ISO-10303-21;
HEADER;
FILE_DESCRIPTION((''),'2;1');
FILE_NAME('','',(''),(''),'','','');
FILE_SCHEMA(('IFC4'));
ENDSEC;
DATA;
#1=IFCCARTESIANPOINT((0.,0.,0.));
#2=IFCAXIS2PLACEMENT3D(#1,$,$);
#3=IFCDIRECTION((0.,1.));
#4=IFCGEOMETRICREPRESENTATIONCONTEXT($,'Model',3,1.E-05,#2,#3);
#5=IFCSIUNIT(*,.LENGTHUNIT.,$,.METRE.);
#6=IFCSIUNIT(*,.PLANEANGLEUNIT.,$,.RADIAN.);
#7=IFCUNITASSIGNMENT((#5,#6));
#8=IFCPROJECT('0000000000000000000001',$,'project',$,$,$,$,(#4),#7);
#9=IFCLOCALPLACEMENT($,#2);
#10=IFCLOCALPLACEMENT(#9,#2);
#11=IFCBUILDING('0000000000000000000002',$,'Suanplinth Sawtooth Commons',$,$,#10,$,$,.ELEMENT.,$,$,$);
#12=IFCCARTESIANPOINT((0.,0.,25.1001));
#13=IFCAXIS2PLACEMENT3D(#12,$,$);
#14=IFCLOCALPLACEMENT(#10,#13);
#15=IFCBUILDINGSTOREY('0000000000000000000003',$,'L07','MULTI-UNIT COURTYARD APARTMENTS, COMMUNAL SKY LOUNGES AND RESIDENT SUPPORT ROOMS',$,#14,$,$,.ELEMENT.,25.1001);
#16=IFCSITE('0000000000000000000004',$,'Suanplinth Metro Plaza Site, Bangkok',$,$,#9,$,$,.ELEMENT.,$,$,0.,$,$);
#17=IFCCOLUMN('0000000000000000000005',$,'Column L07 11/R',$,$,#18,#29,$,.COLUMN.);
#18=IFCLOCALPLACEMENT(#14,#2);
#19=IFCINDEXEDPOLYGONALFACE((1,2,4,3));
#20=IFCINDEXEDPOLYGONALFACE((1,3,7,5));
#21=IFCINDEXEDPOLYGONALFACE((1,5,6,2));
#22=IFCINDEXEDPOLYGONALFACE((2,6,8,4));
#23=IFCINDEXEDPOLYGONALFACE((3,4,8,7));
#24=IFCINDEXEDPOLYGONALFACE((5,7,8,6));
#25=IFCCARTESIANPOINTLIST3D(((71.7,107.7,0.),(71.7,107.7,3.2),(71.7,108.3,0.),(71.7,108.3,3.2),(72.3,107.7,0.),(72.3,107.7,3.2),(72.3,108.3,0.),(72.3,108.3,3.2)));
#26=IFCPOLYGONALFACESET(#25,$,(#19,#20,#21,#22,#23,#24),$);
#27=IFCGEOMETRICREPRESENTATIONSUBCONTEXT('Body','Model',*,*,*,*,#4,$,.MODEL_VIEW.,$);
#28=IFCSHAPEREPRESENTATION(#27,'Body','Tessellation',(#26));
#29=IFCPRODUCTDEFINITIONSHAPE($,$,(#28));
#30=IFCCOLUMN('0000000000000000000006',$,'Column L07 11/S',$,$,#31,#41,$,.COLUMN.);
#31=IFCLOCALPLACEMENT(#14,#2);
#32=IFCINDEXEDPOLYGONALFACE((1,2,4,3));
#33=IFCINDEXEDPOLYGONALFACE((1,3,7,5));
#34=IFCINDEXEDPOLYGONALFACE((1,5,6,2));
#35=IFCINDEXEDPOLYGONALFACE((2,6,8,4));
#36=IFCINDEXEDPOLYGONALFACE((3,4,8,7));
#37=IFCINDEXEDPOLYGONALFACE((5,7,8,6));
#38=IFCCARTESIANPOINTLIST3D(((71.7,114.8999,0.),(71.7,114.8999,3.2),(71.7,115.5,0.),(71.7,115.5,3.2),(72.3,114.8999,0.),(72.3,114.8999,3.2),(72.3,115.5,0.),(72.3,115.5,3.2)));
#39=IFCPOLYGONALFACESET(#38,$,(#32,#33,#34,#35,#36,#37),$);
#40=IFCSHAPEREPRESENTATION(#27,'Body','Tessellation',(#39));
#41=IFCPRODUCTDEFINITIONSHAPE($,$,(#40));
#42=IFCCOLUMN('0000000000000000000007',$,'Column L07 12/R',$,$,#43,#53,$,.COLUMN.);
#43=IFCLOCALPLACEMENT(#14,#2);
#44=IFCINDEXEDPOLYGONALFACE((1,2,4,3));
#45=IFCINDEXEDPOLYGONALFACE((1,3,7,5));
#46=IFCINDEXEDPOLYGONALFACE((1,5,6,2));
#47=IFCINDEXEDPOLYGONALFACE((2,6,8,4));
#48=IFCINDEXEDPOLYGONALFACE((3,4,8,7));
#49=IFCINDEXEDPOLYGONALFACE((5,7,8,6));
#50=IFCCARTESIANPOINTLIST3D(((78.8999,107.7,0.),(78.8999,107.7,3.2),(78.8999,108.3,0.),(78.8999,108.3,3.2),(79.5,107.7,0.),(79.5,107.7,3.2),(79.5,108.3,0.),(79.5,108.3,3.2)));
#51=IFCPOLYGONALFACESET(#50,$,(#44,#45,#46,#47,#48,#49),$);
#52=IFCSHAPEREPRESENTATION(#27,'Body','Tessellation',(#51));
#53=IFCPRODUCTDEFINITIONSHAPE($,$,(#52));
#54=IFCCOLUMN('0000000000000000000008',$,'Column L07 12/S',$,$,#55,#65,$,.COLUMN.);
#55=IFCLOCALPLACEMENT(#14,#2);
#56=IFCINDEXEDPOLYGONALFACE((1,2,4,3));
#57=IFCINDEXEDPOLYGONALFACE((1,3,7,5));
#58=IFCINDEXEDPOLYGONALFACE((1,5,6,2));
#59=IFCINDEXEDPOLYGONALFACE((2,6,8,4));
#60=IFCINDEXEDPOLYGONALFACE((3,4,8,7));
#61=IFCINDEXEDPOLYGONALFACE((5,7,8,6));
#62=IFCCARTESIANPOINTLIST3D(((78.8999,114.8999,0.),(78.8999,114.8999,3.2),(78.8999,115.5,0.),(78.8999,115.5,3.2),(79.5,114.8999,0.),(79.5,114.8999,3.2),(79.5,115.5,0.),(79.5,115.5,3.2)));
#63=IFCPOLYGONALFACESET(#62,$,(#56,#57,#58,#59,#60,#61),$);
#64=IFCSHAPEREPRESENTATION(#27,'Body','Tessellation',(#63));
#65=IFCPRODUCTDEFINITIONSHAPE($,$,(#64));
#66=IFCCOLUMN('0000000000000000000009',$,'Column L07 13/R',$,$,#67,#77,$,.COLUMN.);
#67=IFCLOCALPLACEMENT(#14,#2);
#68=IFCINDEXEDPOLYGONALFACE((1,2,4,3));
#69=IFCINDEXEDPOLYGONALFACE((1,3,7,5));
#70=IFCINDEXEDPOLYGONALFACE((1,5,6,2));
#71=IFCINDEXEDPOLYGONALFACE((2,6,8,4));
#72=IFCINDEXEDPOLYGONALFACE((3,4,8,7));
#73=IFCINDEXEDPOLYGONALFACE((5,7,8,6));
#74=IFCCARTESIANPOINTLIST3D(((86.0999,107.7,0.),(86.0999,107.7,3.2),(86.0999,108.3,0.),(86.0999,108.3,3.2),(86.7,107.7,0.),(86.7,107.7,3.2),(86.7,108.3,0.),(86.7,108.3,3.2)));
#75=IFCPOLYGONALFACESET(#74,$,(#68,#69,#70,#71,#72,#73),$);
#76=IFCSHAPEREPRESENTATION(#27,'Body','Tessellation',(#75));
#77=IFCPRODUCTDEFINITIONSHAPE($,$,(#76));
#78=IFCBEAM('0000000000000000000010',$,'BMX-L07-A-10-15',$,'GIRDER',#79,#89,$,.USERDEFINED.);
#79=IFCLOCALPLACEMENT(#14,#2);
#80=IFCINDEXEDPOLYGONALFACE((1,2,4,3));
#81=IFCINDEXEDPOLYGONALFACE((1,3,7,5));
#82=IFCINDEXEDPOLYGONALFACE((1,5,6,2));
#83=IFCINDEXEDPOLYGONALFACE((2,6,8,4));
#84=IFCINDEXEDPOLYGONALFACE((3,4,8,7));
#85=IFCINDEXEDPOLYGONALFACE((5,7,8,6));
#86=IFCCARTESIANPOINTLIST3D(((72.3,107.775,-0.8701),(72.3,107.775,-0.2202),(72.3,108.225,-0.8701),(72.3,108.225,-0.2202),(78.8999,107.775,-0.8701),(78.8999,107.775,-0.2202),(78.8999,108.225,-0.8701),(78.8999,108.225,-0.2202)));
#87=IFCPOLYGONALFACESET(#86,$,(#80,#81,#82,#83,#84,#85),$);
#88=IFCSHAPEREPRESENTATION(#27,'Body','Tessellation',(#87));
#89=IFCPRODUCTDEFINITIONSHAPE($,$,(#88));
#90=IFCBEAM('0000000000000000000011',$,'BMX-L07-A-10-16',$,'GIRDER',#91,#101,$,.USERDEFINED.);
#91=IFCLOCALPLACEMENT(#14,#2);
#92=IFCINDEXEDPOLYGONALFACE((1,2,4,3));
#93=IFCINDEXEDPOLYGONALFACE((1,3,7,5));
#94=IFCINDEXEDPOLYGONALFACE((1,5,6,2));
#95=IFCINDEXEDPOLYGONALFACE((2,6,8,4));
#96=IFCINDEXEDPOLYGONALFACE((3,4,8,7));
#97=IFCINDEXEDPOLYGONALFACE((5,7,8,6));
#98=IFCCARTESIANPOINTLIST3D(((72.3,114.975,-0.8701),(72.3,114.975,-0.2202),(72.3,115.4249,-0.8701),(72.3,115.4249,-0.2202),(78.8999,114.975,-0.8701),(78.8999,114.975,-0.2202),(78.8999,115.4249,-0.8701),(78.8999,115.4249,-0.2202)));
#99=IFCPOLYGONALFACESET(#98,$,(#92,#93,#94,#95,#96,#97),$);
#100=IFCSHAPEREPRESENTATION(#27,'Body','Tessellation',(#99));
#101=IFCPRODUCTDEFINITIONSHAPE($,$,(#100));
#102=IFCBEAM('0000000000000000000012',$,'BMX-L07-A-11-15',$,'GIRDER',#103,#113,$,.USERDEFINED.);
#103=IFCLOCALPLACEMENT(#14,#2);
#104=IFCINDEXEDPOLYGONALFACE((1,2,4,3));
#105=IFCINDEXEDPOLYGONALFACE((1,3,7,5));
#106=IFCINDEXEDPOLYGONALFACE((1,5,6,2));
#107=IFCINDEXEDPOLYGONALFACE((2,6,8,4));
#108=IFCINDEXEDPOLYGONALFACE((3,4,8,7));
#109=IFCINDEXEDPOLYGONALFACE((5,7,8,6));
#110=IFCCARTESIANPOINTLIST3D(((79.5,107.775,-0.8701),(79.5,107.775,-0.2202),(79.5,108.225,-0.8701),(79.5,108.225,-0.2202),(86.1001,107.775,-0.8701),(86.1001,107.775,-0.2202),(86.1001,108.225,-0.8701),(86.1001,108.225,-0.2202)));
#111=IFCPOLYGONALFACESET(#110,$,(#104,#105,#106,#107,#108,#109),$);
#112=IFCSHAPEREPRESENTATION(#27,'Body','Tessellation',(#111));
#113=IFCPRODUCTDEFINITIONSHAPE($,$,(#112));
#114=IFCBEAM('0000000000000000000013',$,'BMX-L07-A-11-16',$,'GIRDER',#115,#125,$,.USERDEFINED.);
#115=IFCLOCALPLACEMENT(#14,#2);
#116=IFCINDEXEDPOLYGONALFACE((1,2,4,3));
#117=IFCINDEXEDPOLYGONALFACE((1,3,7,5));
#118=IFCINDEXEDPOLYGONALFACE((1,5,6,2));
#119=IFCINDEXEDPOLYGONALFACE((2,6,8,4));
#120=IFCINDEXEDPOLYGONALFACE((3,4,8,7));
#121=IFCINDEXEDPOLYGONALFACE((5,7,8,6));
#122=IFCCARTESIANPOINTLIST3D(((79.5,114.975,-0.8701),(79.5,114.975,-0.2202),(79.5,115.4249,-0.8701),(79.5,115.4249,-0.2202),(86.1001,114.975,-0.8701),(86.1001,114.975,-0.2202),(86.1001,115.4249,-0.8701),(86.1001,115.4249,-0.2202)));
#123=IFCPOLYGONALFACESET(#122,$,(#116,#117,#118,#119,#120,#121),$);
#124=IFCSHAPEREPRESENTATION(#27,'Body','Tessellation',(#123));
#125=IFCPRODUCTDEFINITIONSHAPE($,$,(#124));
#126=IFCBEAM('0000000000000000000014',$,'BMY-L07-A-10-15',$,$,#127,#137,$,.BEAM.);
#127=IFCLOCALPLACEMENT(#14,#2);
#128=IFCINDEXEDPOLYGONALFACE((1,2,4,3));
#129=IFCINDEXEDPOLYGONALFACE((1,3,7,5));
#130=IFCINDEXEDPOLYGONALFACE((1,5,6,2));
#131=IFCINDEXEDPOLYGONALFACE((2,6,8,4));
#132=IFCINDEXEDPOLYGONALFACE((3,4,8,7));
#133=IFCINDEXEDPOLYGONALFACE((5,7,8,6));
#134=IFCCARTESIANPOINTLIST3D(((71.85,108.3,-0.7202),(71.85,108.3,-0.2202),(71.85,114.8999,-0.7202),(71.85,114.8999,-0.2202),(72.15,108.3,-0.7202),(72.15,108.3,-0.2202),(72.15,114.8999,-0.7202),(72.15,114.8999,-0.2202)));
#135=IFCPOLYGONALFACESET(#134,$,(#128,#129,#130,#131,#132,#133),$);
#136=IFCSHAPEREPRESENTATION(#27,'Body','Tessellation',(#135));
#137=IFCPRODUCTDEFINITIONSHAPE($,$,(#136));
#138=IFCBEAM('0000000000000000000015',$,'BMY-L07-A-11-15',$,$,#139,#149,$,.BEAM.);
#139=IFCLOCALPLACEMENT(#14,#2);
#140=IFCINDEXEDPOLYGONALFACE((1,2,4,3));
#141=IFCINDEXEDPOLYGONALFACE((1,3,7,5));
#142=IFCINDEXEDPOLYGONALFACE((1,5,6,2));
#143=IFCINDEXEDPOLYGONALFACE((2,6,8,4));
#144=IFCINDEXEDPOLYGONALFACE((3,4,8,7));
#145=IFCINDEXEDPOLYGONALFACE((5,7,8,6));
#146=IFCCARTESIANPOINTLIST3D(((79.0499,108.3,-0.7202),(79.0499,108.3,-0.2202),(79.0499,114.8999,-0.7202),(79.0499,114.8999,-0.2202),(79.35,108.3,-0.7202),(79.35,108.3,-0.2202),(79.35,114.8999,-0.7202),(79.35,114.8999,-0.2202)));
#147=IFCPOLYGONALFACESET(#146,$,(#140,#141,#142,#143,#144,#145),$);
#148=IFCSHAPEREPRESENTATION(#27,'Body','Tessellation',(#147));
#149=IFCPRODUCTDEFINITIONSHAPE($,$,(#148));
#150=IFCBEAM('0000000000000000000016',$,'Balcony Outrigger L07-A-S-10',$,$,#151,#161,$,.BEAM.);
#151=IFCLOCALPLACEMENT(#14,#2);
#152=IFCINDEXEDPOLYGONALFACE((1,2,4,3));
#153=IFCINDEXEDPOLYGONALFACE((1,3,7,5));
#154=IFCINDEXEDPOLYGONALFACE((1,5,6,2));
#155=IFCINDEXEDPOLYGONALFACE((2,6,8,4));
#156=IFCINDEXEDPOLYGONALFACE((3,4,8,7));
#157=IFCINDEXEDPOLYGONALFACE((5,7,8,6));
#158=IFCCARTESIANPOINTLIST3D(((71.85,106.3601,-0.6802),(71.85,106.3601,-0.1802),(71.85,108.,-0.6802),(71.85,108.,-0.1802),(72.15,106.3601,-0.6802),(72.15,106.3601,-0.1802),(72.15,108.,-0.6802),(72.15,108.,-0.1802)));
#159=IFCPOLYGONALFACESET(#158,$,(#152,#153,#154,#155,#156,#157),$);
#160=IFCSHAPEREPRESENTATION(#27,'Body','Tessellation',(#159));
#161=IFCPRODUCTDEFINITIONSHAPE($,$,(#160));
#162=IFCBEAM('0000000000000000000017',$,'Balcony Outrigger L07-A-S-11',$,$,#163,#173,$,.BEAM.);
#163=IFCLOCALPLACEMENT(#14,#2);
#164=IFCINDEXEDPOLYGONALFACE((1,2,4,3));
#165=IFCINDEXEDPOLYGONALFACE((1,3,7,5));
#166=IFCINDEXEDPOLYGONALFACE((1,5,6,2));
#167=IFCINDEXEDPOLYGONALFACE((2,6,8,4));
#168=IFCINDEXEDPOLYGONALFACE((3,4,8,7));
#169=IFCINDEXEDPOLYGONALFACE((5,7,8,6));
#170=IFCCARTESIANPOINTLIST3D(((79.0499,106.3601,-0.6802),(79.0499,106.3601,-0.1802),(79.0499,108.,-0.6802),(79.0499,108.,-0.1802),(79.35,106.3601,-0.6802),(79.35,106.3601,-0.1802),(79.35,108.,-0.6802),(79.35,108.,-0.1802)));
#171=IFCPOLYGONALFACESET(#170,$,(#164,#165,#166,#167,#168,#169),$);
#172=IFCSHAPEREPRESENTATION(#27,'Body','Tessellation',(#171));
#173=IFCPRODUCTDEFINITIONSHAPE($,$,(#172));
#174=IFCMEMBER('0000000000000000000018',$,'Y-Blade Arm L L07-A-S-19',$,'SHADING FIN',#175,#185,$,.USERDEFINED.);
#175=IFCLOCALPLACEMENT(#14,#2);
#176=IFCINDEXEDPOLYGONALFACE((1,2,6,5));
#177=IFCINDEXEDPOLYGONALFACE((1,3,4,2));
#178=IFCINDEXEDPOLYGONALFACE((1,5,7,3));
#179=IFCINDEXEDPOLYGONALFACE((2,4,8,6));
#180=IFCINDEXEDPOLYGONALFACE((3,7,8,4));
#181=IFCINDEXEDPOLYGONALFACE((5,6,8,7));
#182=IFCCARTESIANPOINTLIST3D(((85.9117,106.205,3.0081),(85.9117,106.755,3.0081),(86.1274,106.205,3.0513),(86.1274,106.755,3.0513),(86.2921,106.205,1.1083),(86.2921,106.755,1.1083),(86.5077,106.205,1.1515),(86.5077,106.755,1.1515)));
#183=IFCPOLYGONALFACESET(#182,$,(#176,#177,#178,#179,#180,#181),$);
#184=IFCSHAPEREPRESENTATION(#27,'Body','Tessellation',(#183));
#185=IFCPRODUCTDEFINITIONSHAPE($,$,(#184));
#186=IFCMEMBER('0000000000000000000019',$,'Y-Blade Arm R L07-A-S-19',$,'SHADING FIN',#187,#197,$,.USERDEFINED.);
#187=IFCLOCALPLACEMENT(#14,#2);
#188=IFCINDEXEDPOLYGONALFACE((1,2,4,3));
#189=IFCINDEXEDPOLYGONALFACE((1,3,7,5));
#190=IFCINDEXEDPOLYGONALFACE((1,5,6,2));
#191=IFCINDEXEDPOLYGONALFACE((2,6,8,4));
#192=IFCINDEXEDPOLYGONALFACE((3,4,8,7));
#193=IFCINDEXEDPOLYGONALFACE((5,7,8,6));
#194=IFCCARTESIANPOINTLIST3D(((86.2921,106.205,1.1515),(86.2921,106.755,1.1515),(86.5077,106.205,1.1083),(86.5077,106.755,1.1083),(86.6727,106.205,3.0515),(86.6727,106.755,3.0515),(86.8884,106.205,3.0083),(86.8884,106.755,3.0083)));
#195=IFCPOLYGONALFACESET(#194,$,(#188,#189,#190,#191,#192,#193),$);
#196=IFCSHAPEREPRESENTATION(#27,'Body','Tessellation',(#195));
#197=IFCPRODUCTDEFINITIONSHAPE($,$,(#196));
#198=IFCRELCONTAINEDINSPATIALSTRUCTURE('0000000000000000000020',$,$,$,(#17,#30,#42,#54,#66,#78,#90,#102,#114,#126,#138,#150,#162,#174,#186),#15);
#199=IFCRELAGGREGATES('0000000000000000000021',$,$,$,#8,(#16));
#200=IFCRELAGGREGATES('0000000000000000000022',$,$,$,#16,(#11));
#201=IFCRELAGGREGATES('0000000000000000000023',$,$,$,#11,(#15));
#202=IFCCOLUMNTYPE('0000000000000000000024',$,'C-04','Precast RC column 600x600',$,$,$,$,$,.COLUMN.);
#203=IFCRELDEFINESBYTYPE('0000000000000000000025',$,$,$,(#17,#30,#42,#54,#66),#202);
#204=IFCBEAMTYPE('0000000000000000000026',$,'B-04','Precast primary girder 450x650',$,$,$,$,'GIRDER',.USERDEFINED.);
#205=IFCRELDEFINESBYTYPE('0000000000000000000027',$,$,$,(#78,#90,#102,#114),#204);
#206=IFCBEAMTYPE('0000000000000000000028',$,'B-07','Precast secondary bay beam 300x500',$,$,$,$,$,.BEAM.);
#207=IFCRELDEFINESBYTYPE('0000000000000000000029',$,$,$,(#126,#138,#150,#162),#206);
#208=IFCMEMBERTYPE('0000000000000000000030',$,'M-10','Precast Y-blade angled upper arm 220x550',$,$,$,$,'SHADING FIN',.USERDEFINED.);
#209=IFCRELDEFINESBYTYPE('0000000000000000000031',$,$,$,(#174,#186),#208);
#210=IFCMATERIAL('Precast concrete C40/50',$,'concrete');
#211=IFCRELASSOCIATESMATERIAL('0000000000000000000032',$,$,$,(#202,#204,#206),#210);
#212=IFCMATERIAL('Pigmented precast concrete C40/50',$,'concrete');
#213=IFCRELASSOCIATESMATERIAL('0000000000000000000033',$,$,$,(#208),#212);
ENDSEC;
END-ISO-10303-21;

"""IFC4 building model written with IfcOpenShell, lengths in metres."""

from ifc_helpers import new_model, si_unit, direction, frame, origin, origin_2d, place, context, subcontext, project, spatial, rectangle, extrude, material, material_profile, profile_set, type_object, element, save


model = new_model("IFC4")

# Units and contexts
model_context = context("Model", 3, precision=1e-05, world=origin(), true_north=direction((0.0, 1.0)))
body_context = subcontext(model_context, "Body", "Model", "MODEL_VIEW")
ifc_project = project(units=[si_unit("LENGTHUNIT", "METRE"), si_unit("PLANEANGLEUNIT", "RADIAN")], contexts=[model_context])

# Site, building, storey
site_placement = place(None, origin())
site = spatial("IfcSite", under=ifc_project, at=site_placement, Name="Suanplinth Metro Plaza Site, Bangkok", CompositionType="ELEMENT", RefElevation=0.0)
building_placement = place(site_placement, origin())
building = spatial("IfcBuilding", under=site, at=building_placement, Name="Suanplinth Sawtooth Commons", CompositionType="ELEMENT")
storey_placement = place(building_placement, frame((0.0, 0.0, 25.1001)))
storey = spatial("IfcBuildingStorey", under=building, at=storey_placement, Name="L07", Description="MULTI-UNIT COURTYARD APARTMENTS, COMMUNAL SKY LOUNGES AND RESIDENT SUPPORT ROOMS", CompositionType="ELEMENT", Elevation=25.1001)

# Columns
ifc_material_1 = material(Name="Precast concrete C40/50", Category="concrete")
ifc_material_profile_1 = material_profile(ifc_material_1, rectangle(XDim=0.6001, YDim=0.6001, at=origin_2d()), Name="PC-COL 600x600")
ifc_profile_set_1 = profile_set([ifc_material_profile_1], Name="Precast concrete C40/50")
column_type = type_object("IfcColumnType", Name="C-04", Description="Precast RC column 600x600", PredefinedType="COLUMN", material=ifc_profile_set_1)
for number, where, z_axis, x_axis, name in (
    (1, (72.0, 108.0, 0.0), (0.0, 0.0, 1.0), (1.0, 0.0, 0.0), "Column L07 11/R"),
    (2, (72.0, 115.2, 0.0), (0.0, 0.0, 1.0), (1.0, 0.0, 0.0), "Column L07 11/S"),
    (3, (79.2, 108.0, 0.0), (0.0, 0.0, 1.0), (1.0, 0.0, 0.0), "Column L07 12/R"),
    (4, (79.2, 115.2, 0.0), (0.0, 0.0, 1.0), (1.0, 0.0, 0.0), "Column L07 12/S"),
    (5, (86.3999, 108.0, 0.0), (0.0, 0.0, 1.0), (1.0, 0.0, 0.0), "Column L07 13/R"),
):
    element("IfcColumn", number, at=place(storey_placement, frame(where, z_axis=z_axis, x_axis=x_axis)), inside=storey, type_object=column_type, Name=name, PredefinedType="COLUMN", context=body_context, shape_type="SweptSolid", body=[
        extrude(rectangle(XDim=0.6001, YDim=0.6001, at=origin_2d()), origin(), (0.0, 0.0, 1.0), 3.2),
    ])

# Beams
ifc_material_profile_2 = material_profile(ifc_material_1, rectangle(XDim=0.45, YDim=0.6499, at=origin_2d()), Name="PC-GDR 450x650")
ifc_profile_set_2 = profile_set([ifc_material_profile_2], Name="Precast concrete C40/50")
beam_type_1 = type_object("IfcBeamType", Name="B-04", Description="Precast primary girder 450x650", ElementType="GIRDER", PredefinedType="USERDEFINED", material=ifc_profile_set_2)
for number, where, z_axis, x_axis, name in (
    (6, (72.3, 108.0, -0.5452), (1.0, 0.0, 0.0), (0.0, 1.0, 0.0), "BMX-L07-A-10-15"),
    (7, (72.3, 115.2, -0.5452), (1.0, 0.0, 0.0), (0.0, 1.0, 0.0), "BMX-L07-A-10-16"),
):
    element("IfcBeam", number, at=place(storey_placement, frame(where, z_axis=z_axis, x_axis=x_axis)), inside=storey, type_object=beam_type_1, Name=name, ObjectType="GIRDER", PredefinedType="USERDEFINED", context=body_context, shape_type="SweptSolid", body=[
        extrude(rectangle(XDim=0.45, YDim=0.6499, at=origin_2d()), origin(), (0.0, 0.0, 1.0), 6.5999),
    ])
for number, where, z_axis, x_axis, name in (
    (8, (79.5, 108.0, -0.5452), (1.0, 0.0, 0.0), (0.0, 1.0, 0.0), "BMX-L07-A-11-15"),
    (9, (79.5, 115.2, -0.5452), (1.0, 0.0, 0.0), (0.0, 1.0, 0.0), "BMX-L07-A-11-16"),
):
    element("IfcBeam", number, at=place(storey_placement, frame(where, z_axis=z_axis, x_axis=x_axis)), inside=storey, type_object=beam_type_1, Name=name, ObjectType="GIRDER", PredefinedType="USERDEFINED", context=body_context, shape_type="SweptSolid", body=[
        extrude(rectangle(XDim=0.45, YDim=0.6499, at=origin_2d()), origin(), (0.0, 0.0, 1.0), 6.6001),
    ])
ifc_material_profile_3 = material_profile(ifc_material_1, rectangle(XDim=0.3, YDim=0.5, at=origin_2d()), Name="PC-BM 300x500")
ifc_profile_set_3 = profile_set([ifc_material_profile_3], Name="Precast concrete C40/50")
beam_type_2 = type_object("IfcBeamType", Name="B-07", Description="Precast secondary bay beam 300x500", PredefinedType="BEAM", material=ifc_profile_set_3)
for number, where, z_axis, x_axis, name in (
    (10, (72.0, 108.3, -0.4702), (0.0, 1.0, 0.0), (-1.0, 0.0, 0.0), "BMY-L07-A-10-15"),
    (11, (79.2, 108.3, -0.4702), (0.0, 1.0, 0.0), (-1.0, 0.0, 0.0), "BMY-L07-A-11-15"),
):
    element("IfcBeam", number, at=place(storey_placement, frame(where, z_axis=z_axis, x_axis=x_axis)), inside=storey, type_object=beam_type_2, Name=name, PredefinedType="BEAM", context=body_context, shape_type="SweptSolid", body=[
        extrude(rectangle(XDim=0.3, YDim=0.5, at=origin_2d()), origin(), (0.0, 0.0, 1.0), 6.5999),
    ])
for number, where, z_axis, x_axis, name in (
    (12, (72.0, 108.0, -0.4302), (0.0, -1.0, 0.0), (1.0, 0.0, 0.0), "Balcony Outrigger L07-A-S-10"),
    (13, (79.2, 108.0, -0.4302), (0.0, -1.0, 0.0), (1.0, 0.0, 0.0), "Balcony Outrigger L07-A-S-11"),
):
    element("IfcBeam", number, at=place(storey_placement, frame(where, z_axis=z_axis, x_axis=x_axis)), inside=storey, type_object=beam_type_2, Name=name, PredefinedType="BEAM", context=body_context, shape_type="SweptSolid", body=[
        extrude(rectangle(XDim=0.3, YDim=0.5, at=origin_2d()), origin(), (0.0, 0.0, 1.0), 1.6399),
    ])

# Members
ifc_material_2 = material(Name="Pigmented precast concrete C40/50", Category="concrete")
ifc_material_profile_4 = material_profile(ifc_material_2, rectangle(XDim=0.22, YDim=0.55, at=origin_2d()), Name="PC-FIN 220x550")
ifc_profile_set_4 = profile_set([ifc_material_profile_4], Name="Pigmented precast concrete C40/50")
member_type = type_object("IfcMemberType", Name="M-10", Description="Precast Y-blade angled upper arm 220x550", ElementType="SHADING FIN", PredefinedType="USERDEFINED", material=ifc_profile_set_4)
member_1_placement = place(storey_placement, frame((86.3999, 106.48, 1.1299), z_axis=(-0.19631, 0.0, 0.980542), x_axis=(0.980542, 0.0, 0.19631)))
element("IfcMember", 14, at=member_1_placement, inside=storey, type_object=member_type, Name="Y-Blade Arm L L07-A-S-19", ObjectType="SHADING FIN", PredefinedType="USERDEFINED", context=body_context, shape_type="SweptSolid", body=[
    extrude(rectangle(XDim=0.22, YDim=0.55, at=origin_2d()), origin(), (0.0, 0.0, 1.0), 1.9375),
])
member_2_placement = place(storey_placement, frame((86.3999, 106.48, 1.1299), z_axis=(0.196431, 0.0, 0.980518), x_axis=(-0.980518, 0.0, 0.196431)))
element("IfcMember", 15, at=member_2_placement, inside=storey, type_object=member_type, Name="Y-Blade Arm R L07-A-S-19", ObjectType="SHADING FIN", PredefinedType="USERDEFINED", context=body_context, shape_type="SweptSolid", body=[
    extrude(rectangle(XDim=0.22, YDim=0.55, at=origin_2d()), origin(), (0.0, 0.0, 1.0), 1.9377),
])

save(model, "model.ifc")
